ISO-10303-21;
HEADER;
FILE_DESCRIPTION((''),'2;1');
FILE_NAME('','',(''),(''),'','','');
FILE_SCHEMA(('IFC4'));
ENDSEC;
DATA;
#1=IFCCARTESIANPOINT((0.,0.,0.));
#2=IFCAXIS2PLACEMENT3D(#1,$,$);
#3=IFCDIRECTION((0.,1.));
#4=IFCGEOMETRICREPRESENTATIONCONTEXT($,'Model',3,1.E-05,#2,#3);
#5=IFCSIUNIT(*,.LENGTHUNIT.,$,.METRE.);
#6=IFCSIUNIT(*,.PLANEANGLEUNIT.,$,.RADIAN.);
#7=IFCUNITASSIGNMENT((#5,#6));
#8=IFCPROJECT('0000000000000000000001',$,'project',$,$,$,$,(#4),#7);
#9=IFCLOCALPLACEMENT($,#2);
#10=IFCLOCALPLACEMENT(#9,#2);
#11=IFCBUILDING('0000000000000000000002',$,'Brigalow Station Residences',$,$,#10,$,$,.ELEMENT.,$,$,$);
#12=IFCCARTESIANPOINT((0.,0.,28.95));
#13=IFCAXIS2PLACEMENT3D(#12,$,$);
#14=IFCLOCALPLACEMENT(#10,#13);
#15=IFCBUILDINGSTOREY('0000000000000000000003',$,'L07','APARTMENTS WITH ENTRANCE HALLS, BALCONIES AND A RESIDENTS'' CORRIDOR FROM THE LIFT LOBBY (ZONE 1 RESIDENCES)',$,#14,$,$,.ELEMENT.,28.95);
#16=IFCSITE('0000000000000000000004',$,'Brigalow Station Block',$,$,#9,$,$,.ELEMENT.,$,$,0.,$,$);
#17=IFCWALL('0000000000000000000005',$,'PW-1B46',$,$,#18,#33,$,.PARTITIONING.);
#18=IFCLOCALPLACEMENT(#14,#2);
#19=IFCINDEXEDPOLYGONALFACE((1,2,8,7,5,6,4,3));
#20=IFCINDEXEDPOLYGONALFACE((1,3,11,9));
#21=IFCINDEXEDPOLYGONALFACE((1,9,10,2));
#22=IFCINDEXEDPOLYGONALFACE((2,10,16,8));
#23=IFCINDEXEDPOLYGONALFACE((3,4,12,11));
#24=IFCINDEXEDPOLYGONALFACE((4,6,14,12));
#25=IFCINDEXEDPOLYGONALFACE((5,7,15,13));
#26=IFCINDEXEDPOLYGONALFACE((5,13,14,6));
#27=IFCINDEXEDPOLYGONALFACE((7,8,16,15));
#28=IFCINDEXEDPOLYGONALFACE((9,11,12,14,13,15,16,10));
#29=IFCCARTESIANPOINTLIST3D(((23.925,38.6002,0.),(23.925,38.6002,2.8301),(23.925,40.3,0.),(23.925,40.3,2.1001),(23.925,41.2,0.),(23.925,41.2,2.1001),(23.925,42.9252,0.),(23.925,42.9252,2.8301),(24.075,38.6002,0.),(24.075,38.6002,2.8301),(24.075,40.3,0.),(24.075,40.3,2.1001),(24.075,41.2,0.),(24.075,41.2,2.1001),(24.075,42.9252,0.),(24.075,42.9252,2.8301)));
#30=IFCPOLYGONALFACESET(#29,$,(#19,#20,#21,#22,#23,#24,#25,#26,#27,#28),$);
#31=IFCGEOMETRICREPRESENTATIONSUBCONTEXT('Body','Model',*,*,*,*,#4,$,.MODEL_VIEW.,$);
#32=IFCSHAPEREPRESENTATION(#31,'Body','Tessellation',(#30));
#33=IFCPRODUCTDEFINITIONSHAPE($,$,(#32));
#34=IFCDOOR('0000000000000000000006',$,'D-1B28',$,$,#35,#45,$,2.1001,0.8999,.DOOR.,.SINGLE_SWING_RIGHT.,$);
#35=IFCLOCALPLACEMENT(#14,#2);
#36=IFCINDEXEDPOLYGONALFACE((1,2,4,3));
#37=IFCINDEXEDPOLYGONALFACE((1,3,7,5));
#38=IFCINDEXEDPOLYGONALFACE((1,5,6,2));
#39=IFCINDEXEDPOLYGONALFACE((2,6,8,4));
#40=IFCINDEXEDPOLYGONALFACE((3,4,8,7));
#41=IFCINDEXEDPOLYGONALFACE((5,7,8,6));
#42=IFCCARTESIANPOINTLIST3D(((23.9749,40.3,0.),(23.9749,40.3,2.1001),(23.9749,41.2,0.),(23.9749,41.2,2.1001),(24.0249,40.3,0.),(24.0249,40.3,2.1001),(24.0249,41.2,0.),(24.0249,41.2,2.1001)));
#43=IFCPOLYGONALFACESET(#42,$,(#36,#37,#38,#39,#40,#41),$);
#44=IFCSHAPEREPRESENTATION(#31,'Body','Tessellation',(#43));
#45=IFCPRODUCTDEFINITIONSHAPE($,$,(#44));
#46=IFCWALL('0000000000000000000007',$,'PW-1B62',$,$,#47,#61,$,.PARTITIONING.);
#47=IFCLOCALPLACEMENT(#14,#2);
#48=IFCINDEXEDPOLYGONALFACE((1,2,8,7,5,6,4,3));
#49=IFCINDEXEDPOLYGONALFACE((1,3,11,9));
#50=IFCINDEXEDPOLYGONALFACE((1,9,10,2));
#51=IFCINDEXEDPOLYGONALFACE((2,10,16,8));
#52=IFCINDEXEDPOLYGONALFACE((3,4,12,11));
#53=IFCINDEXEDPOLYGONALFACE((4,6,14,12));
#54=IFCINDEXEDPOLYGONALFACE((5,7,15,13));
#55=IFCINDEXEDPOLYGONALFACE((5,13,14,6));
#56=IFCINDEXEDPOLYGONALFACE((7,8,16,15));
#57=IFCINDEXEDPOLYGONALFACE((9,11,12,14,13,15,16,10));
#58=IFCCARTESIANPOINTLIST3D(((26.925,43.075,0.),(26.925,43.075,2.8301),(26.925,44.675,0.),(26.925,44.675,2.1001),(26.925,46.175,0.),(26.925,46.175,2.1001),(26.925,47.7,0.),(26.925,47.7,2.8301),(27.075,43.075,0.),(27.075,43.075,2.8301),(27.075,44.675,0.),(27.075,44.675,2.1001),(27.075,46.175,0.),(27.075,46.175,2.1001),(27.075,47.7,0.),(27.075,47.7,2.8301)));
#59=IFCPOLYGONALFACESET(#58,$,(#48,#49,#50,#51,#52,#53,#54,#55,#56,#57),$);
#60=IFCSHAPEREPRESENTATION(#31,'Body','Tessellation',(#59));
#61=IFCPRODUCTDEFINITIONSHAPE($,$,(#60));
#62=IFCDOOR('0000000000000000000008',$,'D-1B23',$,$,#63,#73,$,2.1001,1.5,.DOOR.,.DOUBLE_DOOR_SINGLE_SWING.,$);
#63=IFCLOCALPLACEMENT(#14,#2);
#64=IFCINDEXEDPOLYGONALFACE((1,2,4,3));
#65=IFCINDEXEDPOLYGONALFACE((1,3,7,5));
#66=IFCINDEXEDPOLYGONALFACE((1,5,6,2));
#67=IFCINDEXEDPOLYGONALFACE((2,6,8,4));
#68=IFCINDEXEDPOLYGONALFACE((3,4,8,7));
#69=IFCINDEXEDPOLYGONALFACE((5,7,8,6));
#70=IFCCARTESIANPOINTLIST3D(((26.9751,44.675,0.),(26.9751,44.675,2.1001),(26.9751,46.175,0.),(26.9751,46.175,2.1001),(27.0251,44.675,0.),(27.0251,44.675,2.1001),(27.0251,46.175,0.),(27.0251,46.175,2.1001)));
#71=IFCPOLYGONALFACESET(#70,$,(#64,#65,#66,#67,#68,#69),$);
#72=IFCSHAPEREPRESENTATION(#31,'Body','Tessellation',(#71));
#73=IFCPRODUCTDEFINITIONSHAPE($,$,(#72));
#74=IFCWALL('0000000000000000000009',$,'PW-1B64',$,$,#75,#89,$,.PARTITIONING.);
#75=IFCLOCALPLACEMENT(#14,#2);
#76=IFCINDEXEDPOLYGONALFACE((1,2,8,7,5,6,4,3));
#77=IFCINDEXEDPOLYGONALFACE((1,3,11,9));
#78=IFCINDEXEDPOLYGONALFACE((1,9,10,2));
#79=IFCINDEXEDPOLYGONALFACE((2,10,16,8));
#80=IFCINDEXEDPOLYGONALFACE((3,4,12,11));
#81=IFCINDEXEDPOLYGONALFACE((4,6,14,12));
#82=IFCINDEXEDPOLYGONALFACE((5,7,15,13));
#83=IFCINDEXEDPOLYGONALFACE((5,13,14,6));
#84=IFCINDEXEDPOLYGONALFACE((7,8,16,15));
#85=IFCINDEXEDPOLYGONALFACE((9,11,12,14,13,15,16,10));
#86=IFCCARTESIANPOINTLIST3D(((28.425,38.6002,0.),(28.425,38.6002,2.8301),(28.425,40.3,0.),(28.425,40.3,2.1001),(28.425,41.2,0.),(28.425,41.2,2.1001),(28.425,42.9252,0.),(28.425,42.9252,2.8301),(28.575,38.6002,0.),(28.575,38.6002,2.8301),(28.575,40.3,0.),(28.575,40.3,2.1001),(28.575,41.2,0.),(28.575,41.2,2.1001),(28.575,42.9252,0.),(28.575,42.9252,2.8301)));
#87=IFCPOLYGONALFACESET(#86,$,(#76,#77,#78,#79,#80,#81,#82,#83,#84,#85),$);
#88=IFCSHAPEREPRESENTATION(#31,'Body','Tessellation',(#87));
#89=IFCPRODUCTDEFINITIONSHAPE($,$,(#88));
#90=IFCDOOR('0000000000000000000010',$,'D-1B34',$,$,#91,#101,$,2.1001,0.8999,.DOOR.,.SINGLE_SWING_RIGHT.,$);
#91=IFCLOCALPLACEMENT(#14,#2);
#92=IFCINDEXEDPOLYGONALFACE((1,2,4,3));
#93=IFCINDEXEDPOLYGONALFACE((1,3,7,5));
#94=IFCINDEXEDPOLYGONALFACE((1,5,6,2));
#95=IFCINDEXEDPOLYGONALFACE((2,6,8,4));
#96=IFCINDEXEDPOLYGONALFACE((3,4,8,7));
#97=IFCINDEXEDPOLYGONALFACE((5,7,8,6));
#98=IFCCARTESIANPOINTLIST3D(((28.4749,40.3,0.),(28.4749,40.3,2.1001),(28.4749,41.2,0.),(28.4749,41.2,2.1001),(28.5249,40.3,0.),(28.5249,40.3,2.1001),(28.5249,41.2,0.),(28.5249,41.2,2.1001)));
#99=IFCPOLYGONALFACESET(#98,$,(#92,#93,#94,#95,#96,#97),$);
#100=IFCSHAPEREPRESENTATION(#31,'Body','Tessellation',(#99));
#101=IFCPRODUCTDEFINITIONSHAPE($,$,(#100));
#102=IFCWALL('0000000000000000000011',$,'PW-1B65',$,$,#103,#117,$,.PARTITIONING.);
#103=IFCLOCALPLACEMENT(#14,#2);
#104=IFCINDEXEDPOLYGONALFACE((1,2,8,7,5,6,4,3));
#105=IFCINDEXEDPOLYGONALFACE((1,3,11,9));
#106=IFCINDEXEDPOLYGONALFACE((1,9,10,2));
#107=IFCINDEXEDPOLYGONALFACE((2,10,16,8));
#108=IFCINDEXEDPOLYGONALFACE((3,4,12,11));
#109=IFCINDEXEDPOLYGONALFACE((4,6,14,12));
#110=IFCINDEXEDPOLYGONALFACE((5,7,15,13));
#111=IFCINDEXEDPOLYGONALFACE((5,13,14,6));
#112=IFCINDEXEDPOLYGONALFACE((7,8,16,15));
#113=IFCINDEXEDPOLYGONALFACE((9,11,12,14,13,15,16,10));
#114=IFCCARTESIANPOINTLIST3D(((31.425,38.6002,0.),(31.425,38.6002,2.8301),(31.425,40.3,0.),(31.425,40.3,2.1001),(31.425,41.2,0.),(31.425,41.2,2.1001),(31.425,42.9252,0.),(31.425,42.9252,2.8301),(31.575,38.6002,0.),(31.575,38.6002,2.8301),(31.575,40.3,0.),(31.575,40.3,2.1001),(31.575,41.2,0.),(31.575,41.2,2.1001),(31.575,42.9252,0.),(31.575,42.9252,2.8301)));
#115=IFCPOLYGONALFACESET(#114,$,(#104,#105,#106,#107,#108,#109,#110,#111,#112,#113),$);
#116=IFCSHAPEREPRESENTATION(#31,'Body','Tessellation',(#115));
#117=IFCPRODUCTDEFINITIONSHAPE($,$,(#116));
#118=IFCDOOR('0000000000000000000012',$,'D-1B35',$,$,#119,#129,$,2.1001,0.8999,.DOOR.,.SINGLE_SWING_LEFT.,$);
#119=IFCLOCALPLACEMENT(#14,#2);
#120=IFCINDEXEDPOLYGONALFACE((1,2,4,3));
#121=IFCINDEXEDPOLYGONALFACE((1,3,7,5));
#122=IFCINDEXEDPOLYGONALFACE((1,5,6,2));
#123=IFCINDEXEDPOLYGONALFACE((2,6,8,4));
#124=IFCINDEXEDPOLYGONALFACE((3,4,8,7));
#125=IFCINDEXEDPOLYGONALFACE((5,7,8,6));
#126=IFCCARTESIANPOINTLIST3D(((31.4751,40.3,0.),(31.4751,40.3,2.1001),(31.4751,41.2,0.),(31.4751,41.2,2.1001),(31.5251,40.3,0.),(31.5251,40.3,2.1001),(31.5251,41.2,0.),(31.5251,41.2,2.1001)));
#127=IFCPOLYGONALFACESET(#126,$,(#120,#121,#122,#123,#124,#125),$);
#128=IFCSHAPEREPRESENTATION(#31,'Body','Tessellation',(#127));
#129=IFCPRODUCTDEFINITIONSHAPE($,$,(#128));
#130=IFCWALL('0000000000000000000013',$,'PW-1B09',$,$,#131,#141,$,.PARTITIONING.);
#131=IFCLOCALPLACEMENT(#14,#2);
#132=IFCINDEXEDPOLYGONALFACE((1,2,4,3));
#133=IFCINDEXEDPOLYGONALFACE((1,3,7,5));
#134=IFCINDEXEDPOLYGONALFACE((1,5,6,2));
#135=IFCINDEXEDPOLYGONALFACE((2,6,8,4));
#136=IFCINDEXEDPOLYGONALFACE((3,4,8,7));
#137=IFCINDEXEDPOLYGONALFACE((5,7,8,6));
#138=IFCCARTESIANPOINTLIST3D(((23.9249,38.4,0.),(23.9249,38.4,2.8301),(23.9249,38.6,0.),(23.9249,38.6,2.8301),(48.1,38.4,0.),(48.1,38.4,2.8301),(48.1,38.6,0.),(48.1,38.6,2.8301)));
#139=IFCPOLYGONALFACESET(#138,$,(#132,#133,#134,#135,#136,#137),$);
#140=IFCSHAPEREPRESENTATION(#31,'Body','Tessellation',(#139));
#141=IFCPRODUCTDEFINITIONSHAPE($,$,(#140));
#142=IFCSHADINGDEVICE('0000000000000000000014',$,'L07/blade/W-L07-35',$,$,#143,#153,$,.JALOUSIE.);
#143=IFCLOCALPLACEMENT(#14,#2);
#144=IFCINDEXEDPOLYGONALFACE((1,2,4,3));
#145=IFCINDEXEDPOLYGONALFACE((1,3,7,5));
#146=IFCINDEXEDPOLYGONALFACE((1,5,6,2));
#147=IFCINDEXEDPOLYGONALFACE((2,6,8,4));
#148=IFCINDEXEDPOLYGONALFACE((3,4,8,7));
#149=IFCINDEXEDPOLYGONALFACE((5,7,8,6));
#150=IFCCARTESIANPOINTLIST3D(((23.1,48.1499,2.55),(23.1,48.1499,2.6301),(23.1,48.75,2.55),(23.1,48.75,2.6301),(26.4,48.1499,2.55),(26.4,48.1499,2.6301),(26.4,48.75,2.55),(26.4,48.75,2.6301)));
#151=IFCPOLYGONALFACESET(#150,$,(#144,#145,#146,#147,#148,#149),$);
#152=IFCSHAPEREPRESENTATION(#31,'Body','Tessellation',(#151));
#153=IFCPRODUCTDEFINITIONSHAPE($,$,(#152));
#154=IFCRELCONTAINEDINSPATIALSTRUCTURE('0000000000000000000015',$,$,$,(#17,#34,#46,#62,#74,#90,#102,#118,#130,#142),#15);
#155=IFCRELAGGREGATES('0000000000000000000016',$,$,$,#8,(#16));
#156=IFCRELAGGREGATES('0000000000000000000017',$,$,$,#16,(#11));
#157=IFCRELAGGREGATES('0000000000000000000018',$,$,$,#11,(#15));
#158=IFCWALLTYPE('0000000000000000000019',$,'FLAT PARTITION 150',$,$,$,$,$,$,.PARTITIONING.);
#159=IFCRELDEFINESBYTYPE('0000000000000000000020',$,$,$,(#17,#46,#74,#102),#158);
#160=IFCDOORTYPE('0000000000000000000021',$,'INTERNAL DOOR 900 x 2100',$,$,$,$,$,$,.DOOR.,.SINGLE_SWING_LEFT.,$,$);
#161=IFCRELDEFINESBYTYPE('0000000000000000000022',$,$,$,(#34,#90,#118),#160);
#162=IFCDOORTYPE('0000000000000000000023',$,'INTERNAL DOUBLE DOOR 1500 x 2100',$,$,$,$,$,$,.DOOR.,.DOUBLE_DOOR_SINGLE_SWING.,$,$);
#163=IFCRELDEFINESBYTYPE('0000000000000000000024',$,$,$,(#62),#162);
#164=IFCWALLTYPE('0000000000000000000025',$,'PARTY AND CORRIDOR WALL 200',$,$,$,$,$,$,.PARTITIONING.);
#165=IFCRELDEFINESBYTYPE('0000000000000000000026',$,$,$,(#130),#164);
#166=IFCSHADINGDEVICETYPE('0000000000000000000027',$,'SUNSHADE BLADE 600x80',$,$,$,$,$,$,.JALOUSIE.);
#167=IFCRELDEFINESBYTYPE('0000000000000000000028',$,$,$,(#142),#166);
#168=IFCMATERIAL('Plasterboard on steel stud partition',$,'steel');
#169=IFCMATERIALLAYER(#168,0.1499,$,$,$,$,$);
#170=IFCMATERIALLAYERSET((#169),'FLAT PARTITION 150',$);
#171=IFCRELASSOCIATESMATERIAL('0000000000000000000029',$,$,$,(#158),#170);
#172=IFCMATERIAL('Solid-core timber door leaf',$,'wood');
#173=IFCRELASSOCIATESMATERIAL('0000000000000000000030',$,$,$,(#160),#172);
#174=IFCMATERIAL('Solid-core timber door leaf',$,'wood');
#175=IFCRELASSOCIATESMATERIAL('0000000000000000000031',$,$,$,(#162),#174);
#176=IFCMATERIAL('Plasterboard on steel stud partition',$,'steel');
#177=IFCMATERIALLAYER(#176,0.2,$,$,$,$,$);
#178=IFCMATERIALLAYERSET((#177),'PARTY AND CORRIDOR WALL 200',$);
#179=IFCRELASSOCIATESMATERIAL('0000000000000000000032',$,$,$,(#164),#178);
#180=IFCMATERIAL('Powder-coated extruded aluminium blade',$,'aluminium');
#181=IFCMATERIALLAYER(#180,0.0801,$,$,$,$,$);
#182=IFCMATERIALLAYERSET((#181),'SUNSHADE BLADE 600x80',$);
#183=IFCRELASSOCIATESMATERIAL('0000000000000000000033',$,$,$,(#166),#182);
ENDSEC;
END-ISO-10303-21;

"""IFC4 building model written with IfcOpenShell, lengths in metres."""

from ifc_helpers import new_model, si_unit, direction, frame, frame_2d, origin, origin_2d, place, context, subcontext, project, spatial, rectangle, extrude, material, layer, layer_set, type_object, element, fill, save


model = new_model("IFC4")

# Units and contexts
model_context = context("Model", 3, precision=1e-05, world=origin(), true_north=direction((0.0, 1.0)))
body_context = subcontext(model_context, "Body", "Model", "MODEL_VIEW")
ifc_project = project(units=[si_unit("LENGTHUNIT", "METRE"), si_unit("PLANEANGLEUNIT", "RADIAN")], contexts=[model_context])

# Site, building, storey
site_placement = place(None, origin())
site = spatial("IfcSite", under=ifc_project, at=site_placement, Name="Brigalow Station Block", CompositionType="ELEMENT", RefElevation=0.0)
building_placement = place(site_placement, origin())
building = spatial("IfcBuilding", under=site, at=building_placement, Name="Brigalow Station Residences", CompositionType="ELEMENT")
storey_placement = place(building_placement, frame((0.0, 0.0, 28.95)))
storey = spatial("IfcBuildingStorey", under=building, at=storey_placement, Name="L07", Description="APARTMENTS WITH ENTRANCE HALLS, BALCONIES AND A RESIDENTS' CORRIDOR FROM THE LIFT LOBBY (ZONE 1 RESIDENCES)", CompositionType="ELEMENT", Elevation=28.95)

# Walls, openings, doors
ifc_material_1 = material(Name="Plasterboard on steel stud partition", Category="steel")
ifc_layer_1 = layer(ifc_material_1, 0.1499)
ifc_layer_set_1 = layer_set([ifc_layer_1], Name="FLAT PARTITION 150")
wall_type_1 = type_object("IfcWallType", Name="FLAT PARTITION 150", PredefinedType="PARTITIONING", material=ifc_layer_set_1)
wall_1_placement = place(storey_placement, frame((24.0, 38.6001, 0.0), z_axis=(0.0, 0.0, 1.0), x_axis=(0.0, 1.0, 0.0)))
wall_1 = element("IfcWall", 1, at=wall_1_placement, inside=storey, type_object=wall_type_1, Name="PW-1B46", PredefinedType="PARTITIONING", context=body_context, shape_type="SweptSolid", body=[
    extrude(rectangle(XDim=4.325, YDim=0.1499, at=frame_2d((2.1626, 0.0))), origin(), (0.0, 0.0, 1.0), 2.8301),
])
opening_1_placement = place(wall_1_placement, frame((1.7, 0.0, 0.0)))
opening_1 = element("IfcOpeningElement", 2, at=opening_1_placement, cuts=wall_1, PredefinedType="OPENING", context=body_context, shape_type="SweptSolid", body=[
    extrude(rectangle(XDim=0.8999, YDim=2.1001, at=frame_2d((0.45, 1.05))), frame((0.0, 0.085, 0.0), z_axis=(0.0, -1.0, 0.0), x_axis=(1.0, 0.0, 0.0)), (0.0, 0.0, 1.0), 0.1699),
])
ifc_material_2 = material(Name="Solid-core timber door leaf", Category="wood")
door_type_1 = type_object("IfcDoorType", Name="INTERNAL DOOR 900 x 2100", OperationType="SINGLE_SWING_LEFT", PredefinedType="DOOR", material=ifc_material_2)
door_1_placement = place(opening_1_placement, frame((0.8999, 0.0, 0.0), z_axis=(0.0, 0.0, 1.0), x_axis=(-1.0, 0.0, 0.0)))
door_1 = element("IfcDoor", 3, at=door_1_placement, inside=storey, type_object=door_type_1, Name="D-1B28", OperationType="SINGLE_SWING_RIGHT", OverallHeight=2.1001, OverallWidth=0.8999, PredefinedType="DOOR", context=body_context, shape_type="SweptSolid", body=[
    extrude(rectangle(XDim=0.8999, YDim=2.1001, at=frame_2d((0.45, 1.05))), frame((0.0, 0.0249, 0.0), z_axis=(0.0, -1.0, 0.0), x_axis=(1.0, 0.0, 0.0)), (0.0, 0.0, 1.0), 0.05),
])
fill(opening_1, door_1)
wall_2_placement = place(storey_placement, frame((27.0, 43.075, 0.0), z_axis=(0.0, 0.0, 1.0), x_axis=(0.0, 1.0, 0.0)))
wall_2 = element("IfcWall", 4, at=wall_2_placement, inside=storey, type_object=wall_type_1, Name="PW-1B62", PredefinedType="PARTITIONING", context=body_context, shape_type="SweptSolid", body=[
    extrude(rectangle(XDim=4.625, YDim=0.1499, at=frame_2d((2.3125, 0.0))), origin(), (0.0, 0.0, 1.0), 2.8301),
])
opening_2_placement = place(wall_2_placement, frame((1.6001, 0.0, 0.0)))
opening_2 = element("IfcOpeningElement", 5, at=opening_2_placement, cuts=wall_2, PredefinedType="OPENING", context=body_context, shape_type="SweptSolid", body=[
    extrude(rectangle(XDim=1.5, YDim=2.1001, at=frame_2d((0.75, 1.05))), frame((0.0, 0.085, 0.0), z_axis=(0.0, -1.0, 0.0), x_axis=(1.0, 0.0, 0.0)), (0.0, 0.0, 1.0), 0.1699),
])
ifc_material_3 = material(Name="Solid-core timber door leaf", Category="wood")
door_type_2 = type_object("IfcDoorType", Name="INTERNAL DOUBLE DOOR 1500 x 2100", OperationType="DOUBLE_DOOR_SINGLE_SWING", PredefinedType="DOOR", material=ifc_material_3)
door_2_placement = place(opening_2_placement, origin())
door_2 = element("IfcDoor", 6, at=door_2_placement, inside=storey, type_object=door_type_2, Name="D-1B23", OperationType="DOUBLE_DOOR_SINGLE_SWING", OverallHeight=2.1001, OverallWidth=1.5, PredefinedType="DOOR", context=body_context, shape_type="SweptSolid", body=[
    extrude(rectangle(XDim=1.5, YDim=2.1001, at=frame_2d((0.75, 1.05))), frame((0.0, 0.0249, 0.0), z_axis=(0.0, -1.0, 0.0), x_axis=(1.0, 0.0, 0.0)), (0.0, 0.0, 1.0), 0.05),
])
fill(opening_2, door_2)
wall_3_placement = place(storey_placement, frame((28.5, 38.6001, 0.0), z_axis=(0.0, 0.0, 1.0), x_axis=(0.0, 1.0, 0.0)))
wall_3 = element("IfcWall", 7, at=wall_3_placement, inside=storey, type_object=wall_type_1, Name="PW-1B64", PredefinedType="PARTITIONING", context=body_context, shape_type="SweptSolid", body=[
    extrude(rectangle(XDim=4.325, YDim=0.1499, at=frame_2d((2.1626, 0.0))), origin(), (0.0, 0.0, 1.0), 2.8301),
])
opening_3_placement = place(wall_3_placement, frame((1.7, 0.0, 0.0)))
opening_3 = element("IfcOpeningElement", 8, at=opening_3_placement, cuts=wall_3, PredefinedType="OPENING", context=body_context, shape_type="SweptSolid", body=[
    extrude(rectangle(XDim=0.8999, YDim=2.1001, at=frame_2d((0.45, 1.05))), frame((0.0, 0.085, 0.0), z_axis=(0.0, -1.0, 0.0), x_axis=(1.0, 0.0, 0.0)), (0.0, 0.0, 1.0), 0.1699),
])
door_3_placement = place(opening_3_placement, frame((0.8999, 0.0, 0.0), z_axis=(0.0, 0.0, 1.0), x_axis=(-1.0, 0.0, 0.0)))
door_3 = element("IfcDoor", 9, at=door_3_placement, inside=storey, type_object=door_type_1, Name="D-1B34", OperationType="SINGLE_SWING_RIGHT", OverallHeight=2.1001, OverallWidth=0.8999, PredefinedType="DOOR", context=body_context, shape_type="SweptSolid", body=[
    extrude(rectangle(XDim=0.8999, YDim=2.1001, at=frame_2d((0.45, 1.05))), frame((0.0, 0.0249, 0.0), z_axis=(0.0, -1.0, 0.0), x_axis=(1.0, 0.0, 0.0)), (0.0, 0.0, 1.0), 0.05),
])
fill(opening_3, door_3)
wall_4_placement = place(storey_placement, frame((31.5, 38.6001, 0.0), z_axis=(0.0, 0.0, 1.0), x_axis=(0.0, 1.0, 0.0)))
wall_4 = element("IfcWall", 10, at=wall_4_placement, inside=storey, type_object=wall_type_1, Name="PW-1B65", PredefinedType="PARTITIONING", context=body_context, shape_type="SweptSolid", body=[
    extrude(rectangle(XDim=4.325, YDim=0.1499, at=frame_2d((2.1626, 0.0))), origin(), (0.0, 0.0, 1.0), 2.8301),
])
opening_4_placement = place(wall_4_placement, frame((1.7, 0.0, 0.0)))
opening_4 = element("IfcOpeningElement", 11, at=opening_4_placement, cuts=wall_4, PredefinedType="OPENING", context=body_context, shape_type="SweptSolid", body=[
    extrude(rectangle(XDim=0.8999, YDim=2.1001, at=frame_2d((0.45, 1.05))), frame((0.0, 0.085, 0.0), z_axis=(0.0, -1.0, 0.0), x_axis=(1.0, 0.0, 0.0)), (0.0, 0.0, 1.0), 0.1699),
])
door_4_placement = place(opening_4_placement, origin())
door_4 = element("IfcDoor", 12, at=door_4_placement, inside=storey, type_object=door_type_1, Name="D-1B35", OperationType="SINGLE_SWING_LEFT", OverallHeight=2.1001, OverallWidth=0.8999, PredefinedType="DOOR", context=body_context, shape_type="SweptSolid", body=[
    extrude(rectangle(XDim=0.8999, YDim=2.1001, at=frame_2d((0.45, 1.05))), frame((0.0, 0.0249, 0.0), z_axis=(0.0, -1.0, 0.0), x_axis=(1.0, 0.0, 0.0)), (0.0, 0.0, 1.0), 0.05),
])
fill(opening_4, door_4)

# Wall
ifc_material_4 = material(Name="Plasterboard on steel stud partition", Category="steel")
ifc_layer_2 = layer(ifc_material_4, 0.2)
ifc_layer_set_2 = layer_set([ifc_layer_2], Name="PARTY AND CORRIDOR WALL 200")
wall_type_2 = type_object("IfcWallType", Name="PARTY AND CORRIDOR WALL 200", PredefinedType="PARTITIONING", material=ifc_layer_set_2)
wall_5_placement = place(storey_placement, frame((23.925, 38.5, 0.0), z_axis=(0.0, 0.0, 1.0), x_axis=(1.0, 0.0, 0.0)))
element("IfcWall", 13, at=wall_5_placement, inside=storey, type_object=wall_type_2, Name="PW-1B09", PredefinedType="PARTITIONING", context=body_context, shape_type="SweptSolid", body=[
    extrude(rectangle(XDim=24.175, YDim=0.2, at=frame_2d((12.0874, 0.0))), origin(), (0.0, 0.0, 1.0), 2.8301),
])

# Shading device
ifc_material_5 = material(Name="Powder-coated extruded aluminium blade", Category="aluminium")
ifc_layer_3 = layer(ifc_material_5, 0.0801)
ifc_layer_set_3 = layer_set([ifc_layer_3], Name="SUNSHADE BLADE 600x80")
shading_device_type = type_object("IfcShadingDeviceType", Name="SUNSHADE BLADE 600x80", PredefinedType="JALOUSIE", material=ifc_layer_set_3)
shading_device_placement = place(storey_placement, frame((24.75, 48.45, 2.55), z_axis=(0.0, 0.0, 1.0), x_axis=(-1.0, 0.0, 0.0)))
element("IfcShadingDevice", 14, at=shading_device_placement, inside=storey, type_object=shading_device_type, Name="L07/blade/W-L07-35", PredefinedType="JALOUSIE", context=body_context, shape_type="SweptSolid", body=[
    extrude(rectangle(XDim=3.3, YDim=0.6001, at=origin_2d()), origin(), (0.0, 0.0, 1.0), 0.0801),
])

save(model, "model.ifc")
